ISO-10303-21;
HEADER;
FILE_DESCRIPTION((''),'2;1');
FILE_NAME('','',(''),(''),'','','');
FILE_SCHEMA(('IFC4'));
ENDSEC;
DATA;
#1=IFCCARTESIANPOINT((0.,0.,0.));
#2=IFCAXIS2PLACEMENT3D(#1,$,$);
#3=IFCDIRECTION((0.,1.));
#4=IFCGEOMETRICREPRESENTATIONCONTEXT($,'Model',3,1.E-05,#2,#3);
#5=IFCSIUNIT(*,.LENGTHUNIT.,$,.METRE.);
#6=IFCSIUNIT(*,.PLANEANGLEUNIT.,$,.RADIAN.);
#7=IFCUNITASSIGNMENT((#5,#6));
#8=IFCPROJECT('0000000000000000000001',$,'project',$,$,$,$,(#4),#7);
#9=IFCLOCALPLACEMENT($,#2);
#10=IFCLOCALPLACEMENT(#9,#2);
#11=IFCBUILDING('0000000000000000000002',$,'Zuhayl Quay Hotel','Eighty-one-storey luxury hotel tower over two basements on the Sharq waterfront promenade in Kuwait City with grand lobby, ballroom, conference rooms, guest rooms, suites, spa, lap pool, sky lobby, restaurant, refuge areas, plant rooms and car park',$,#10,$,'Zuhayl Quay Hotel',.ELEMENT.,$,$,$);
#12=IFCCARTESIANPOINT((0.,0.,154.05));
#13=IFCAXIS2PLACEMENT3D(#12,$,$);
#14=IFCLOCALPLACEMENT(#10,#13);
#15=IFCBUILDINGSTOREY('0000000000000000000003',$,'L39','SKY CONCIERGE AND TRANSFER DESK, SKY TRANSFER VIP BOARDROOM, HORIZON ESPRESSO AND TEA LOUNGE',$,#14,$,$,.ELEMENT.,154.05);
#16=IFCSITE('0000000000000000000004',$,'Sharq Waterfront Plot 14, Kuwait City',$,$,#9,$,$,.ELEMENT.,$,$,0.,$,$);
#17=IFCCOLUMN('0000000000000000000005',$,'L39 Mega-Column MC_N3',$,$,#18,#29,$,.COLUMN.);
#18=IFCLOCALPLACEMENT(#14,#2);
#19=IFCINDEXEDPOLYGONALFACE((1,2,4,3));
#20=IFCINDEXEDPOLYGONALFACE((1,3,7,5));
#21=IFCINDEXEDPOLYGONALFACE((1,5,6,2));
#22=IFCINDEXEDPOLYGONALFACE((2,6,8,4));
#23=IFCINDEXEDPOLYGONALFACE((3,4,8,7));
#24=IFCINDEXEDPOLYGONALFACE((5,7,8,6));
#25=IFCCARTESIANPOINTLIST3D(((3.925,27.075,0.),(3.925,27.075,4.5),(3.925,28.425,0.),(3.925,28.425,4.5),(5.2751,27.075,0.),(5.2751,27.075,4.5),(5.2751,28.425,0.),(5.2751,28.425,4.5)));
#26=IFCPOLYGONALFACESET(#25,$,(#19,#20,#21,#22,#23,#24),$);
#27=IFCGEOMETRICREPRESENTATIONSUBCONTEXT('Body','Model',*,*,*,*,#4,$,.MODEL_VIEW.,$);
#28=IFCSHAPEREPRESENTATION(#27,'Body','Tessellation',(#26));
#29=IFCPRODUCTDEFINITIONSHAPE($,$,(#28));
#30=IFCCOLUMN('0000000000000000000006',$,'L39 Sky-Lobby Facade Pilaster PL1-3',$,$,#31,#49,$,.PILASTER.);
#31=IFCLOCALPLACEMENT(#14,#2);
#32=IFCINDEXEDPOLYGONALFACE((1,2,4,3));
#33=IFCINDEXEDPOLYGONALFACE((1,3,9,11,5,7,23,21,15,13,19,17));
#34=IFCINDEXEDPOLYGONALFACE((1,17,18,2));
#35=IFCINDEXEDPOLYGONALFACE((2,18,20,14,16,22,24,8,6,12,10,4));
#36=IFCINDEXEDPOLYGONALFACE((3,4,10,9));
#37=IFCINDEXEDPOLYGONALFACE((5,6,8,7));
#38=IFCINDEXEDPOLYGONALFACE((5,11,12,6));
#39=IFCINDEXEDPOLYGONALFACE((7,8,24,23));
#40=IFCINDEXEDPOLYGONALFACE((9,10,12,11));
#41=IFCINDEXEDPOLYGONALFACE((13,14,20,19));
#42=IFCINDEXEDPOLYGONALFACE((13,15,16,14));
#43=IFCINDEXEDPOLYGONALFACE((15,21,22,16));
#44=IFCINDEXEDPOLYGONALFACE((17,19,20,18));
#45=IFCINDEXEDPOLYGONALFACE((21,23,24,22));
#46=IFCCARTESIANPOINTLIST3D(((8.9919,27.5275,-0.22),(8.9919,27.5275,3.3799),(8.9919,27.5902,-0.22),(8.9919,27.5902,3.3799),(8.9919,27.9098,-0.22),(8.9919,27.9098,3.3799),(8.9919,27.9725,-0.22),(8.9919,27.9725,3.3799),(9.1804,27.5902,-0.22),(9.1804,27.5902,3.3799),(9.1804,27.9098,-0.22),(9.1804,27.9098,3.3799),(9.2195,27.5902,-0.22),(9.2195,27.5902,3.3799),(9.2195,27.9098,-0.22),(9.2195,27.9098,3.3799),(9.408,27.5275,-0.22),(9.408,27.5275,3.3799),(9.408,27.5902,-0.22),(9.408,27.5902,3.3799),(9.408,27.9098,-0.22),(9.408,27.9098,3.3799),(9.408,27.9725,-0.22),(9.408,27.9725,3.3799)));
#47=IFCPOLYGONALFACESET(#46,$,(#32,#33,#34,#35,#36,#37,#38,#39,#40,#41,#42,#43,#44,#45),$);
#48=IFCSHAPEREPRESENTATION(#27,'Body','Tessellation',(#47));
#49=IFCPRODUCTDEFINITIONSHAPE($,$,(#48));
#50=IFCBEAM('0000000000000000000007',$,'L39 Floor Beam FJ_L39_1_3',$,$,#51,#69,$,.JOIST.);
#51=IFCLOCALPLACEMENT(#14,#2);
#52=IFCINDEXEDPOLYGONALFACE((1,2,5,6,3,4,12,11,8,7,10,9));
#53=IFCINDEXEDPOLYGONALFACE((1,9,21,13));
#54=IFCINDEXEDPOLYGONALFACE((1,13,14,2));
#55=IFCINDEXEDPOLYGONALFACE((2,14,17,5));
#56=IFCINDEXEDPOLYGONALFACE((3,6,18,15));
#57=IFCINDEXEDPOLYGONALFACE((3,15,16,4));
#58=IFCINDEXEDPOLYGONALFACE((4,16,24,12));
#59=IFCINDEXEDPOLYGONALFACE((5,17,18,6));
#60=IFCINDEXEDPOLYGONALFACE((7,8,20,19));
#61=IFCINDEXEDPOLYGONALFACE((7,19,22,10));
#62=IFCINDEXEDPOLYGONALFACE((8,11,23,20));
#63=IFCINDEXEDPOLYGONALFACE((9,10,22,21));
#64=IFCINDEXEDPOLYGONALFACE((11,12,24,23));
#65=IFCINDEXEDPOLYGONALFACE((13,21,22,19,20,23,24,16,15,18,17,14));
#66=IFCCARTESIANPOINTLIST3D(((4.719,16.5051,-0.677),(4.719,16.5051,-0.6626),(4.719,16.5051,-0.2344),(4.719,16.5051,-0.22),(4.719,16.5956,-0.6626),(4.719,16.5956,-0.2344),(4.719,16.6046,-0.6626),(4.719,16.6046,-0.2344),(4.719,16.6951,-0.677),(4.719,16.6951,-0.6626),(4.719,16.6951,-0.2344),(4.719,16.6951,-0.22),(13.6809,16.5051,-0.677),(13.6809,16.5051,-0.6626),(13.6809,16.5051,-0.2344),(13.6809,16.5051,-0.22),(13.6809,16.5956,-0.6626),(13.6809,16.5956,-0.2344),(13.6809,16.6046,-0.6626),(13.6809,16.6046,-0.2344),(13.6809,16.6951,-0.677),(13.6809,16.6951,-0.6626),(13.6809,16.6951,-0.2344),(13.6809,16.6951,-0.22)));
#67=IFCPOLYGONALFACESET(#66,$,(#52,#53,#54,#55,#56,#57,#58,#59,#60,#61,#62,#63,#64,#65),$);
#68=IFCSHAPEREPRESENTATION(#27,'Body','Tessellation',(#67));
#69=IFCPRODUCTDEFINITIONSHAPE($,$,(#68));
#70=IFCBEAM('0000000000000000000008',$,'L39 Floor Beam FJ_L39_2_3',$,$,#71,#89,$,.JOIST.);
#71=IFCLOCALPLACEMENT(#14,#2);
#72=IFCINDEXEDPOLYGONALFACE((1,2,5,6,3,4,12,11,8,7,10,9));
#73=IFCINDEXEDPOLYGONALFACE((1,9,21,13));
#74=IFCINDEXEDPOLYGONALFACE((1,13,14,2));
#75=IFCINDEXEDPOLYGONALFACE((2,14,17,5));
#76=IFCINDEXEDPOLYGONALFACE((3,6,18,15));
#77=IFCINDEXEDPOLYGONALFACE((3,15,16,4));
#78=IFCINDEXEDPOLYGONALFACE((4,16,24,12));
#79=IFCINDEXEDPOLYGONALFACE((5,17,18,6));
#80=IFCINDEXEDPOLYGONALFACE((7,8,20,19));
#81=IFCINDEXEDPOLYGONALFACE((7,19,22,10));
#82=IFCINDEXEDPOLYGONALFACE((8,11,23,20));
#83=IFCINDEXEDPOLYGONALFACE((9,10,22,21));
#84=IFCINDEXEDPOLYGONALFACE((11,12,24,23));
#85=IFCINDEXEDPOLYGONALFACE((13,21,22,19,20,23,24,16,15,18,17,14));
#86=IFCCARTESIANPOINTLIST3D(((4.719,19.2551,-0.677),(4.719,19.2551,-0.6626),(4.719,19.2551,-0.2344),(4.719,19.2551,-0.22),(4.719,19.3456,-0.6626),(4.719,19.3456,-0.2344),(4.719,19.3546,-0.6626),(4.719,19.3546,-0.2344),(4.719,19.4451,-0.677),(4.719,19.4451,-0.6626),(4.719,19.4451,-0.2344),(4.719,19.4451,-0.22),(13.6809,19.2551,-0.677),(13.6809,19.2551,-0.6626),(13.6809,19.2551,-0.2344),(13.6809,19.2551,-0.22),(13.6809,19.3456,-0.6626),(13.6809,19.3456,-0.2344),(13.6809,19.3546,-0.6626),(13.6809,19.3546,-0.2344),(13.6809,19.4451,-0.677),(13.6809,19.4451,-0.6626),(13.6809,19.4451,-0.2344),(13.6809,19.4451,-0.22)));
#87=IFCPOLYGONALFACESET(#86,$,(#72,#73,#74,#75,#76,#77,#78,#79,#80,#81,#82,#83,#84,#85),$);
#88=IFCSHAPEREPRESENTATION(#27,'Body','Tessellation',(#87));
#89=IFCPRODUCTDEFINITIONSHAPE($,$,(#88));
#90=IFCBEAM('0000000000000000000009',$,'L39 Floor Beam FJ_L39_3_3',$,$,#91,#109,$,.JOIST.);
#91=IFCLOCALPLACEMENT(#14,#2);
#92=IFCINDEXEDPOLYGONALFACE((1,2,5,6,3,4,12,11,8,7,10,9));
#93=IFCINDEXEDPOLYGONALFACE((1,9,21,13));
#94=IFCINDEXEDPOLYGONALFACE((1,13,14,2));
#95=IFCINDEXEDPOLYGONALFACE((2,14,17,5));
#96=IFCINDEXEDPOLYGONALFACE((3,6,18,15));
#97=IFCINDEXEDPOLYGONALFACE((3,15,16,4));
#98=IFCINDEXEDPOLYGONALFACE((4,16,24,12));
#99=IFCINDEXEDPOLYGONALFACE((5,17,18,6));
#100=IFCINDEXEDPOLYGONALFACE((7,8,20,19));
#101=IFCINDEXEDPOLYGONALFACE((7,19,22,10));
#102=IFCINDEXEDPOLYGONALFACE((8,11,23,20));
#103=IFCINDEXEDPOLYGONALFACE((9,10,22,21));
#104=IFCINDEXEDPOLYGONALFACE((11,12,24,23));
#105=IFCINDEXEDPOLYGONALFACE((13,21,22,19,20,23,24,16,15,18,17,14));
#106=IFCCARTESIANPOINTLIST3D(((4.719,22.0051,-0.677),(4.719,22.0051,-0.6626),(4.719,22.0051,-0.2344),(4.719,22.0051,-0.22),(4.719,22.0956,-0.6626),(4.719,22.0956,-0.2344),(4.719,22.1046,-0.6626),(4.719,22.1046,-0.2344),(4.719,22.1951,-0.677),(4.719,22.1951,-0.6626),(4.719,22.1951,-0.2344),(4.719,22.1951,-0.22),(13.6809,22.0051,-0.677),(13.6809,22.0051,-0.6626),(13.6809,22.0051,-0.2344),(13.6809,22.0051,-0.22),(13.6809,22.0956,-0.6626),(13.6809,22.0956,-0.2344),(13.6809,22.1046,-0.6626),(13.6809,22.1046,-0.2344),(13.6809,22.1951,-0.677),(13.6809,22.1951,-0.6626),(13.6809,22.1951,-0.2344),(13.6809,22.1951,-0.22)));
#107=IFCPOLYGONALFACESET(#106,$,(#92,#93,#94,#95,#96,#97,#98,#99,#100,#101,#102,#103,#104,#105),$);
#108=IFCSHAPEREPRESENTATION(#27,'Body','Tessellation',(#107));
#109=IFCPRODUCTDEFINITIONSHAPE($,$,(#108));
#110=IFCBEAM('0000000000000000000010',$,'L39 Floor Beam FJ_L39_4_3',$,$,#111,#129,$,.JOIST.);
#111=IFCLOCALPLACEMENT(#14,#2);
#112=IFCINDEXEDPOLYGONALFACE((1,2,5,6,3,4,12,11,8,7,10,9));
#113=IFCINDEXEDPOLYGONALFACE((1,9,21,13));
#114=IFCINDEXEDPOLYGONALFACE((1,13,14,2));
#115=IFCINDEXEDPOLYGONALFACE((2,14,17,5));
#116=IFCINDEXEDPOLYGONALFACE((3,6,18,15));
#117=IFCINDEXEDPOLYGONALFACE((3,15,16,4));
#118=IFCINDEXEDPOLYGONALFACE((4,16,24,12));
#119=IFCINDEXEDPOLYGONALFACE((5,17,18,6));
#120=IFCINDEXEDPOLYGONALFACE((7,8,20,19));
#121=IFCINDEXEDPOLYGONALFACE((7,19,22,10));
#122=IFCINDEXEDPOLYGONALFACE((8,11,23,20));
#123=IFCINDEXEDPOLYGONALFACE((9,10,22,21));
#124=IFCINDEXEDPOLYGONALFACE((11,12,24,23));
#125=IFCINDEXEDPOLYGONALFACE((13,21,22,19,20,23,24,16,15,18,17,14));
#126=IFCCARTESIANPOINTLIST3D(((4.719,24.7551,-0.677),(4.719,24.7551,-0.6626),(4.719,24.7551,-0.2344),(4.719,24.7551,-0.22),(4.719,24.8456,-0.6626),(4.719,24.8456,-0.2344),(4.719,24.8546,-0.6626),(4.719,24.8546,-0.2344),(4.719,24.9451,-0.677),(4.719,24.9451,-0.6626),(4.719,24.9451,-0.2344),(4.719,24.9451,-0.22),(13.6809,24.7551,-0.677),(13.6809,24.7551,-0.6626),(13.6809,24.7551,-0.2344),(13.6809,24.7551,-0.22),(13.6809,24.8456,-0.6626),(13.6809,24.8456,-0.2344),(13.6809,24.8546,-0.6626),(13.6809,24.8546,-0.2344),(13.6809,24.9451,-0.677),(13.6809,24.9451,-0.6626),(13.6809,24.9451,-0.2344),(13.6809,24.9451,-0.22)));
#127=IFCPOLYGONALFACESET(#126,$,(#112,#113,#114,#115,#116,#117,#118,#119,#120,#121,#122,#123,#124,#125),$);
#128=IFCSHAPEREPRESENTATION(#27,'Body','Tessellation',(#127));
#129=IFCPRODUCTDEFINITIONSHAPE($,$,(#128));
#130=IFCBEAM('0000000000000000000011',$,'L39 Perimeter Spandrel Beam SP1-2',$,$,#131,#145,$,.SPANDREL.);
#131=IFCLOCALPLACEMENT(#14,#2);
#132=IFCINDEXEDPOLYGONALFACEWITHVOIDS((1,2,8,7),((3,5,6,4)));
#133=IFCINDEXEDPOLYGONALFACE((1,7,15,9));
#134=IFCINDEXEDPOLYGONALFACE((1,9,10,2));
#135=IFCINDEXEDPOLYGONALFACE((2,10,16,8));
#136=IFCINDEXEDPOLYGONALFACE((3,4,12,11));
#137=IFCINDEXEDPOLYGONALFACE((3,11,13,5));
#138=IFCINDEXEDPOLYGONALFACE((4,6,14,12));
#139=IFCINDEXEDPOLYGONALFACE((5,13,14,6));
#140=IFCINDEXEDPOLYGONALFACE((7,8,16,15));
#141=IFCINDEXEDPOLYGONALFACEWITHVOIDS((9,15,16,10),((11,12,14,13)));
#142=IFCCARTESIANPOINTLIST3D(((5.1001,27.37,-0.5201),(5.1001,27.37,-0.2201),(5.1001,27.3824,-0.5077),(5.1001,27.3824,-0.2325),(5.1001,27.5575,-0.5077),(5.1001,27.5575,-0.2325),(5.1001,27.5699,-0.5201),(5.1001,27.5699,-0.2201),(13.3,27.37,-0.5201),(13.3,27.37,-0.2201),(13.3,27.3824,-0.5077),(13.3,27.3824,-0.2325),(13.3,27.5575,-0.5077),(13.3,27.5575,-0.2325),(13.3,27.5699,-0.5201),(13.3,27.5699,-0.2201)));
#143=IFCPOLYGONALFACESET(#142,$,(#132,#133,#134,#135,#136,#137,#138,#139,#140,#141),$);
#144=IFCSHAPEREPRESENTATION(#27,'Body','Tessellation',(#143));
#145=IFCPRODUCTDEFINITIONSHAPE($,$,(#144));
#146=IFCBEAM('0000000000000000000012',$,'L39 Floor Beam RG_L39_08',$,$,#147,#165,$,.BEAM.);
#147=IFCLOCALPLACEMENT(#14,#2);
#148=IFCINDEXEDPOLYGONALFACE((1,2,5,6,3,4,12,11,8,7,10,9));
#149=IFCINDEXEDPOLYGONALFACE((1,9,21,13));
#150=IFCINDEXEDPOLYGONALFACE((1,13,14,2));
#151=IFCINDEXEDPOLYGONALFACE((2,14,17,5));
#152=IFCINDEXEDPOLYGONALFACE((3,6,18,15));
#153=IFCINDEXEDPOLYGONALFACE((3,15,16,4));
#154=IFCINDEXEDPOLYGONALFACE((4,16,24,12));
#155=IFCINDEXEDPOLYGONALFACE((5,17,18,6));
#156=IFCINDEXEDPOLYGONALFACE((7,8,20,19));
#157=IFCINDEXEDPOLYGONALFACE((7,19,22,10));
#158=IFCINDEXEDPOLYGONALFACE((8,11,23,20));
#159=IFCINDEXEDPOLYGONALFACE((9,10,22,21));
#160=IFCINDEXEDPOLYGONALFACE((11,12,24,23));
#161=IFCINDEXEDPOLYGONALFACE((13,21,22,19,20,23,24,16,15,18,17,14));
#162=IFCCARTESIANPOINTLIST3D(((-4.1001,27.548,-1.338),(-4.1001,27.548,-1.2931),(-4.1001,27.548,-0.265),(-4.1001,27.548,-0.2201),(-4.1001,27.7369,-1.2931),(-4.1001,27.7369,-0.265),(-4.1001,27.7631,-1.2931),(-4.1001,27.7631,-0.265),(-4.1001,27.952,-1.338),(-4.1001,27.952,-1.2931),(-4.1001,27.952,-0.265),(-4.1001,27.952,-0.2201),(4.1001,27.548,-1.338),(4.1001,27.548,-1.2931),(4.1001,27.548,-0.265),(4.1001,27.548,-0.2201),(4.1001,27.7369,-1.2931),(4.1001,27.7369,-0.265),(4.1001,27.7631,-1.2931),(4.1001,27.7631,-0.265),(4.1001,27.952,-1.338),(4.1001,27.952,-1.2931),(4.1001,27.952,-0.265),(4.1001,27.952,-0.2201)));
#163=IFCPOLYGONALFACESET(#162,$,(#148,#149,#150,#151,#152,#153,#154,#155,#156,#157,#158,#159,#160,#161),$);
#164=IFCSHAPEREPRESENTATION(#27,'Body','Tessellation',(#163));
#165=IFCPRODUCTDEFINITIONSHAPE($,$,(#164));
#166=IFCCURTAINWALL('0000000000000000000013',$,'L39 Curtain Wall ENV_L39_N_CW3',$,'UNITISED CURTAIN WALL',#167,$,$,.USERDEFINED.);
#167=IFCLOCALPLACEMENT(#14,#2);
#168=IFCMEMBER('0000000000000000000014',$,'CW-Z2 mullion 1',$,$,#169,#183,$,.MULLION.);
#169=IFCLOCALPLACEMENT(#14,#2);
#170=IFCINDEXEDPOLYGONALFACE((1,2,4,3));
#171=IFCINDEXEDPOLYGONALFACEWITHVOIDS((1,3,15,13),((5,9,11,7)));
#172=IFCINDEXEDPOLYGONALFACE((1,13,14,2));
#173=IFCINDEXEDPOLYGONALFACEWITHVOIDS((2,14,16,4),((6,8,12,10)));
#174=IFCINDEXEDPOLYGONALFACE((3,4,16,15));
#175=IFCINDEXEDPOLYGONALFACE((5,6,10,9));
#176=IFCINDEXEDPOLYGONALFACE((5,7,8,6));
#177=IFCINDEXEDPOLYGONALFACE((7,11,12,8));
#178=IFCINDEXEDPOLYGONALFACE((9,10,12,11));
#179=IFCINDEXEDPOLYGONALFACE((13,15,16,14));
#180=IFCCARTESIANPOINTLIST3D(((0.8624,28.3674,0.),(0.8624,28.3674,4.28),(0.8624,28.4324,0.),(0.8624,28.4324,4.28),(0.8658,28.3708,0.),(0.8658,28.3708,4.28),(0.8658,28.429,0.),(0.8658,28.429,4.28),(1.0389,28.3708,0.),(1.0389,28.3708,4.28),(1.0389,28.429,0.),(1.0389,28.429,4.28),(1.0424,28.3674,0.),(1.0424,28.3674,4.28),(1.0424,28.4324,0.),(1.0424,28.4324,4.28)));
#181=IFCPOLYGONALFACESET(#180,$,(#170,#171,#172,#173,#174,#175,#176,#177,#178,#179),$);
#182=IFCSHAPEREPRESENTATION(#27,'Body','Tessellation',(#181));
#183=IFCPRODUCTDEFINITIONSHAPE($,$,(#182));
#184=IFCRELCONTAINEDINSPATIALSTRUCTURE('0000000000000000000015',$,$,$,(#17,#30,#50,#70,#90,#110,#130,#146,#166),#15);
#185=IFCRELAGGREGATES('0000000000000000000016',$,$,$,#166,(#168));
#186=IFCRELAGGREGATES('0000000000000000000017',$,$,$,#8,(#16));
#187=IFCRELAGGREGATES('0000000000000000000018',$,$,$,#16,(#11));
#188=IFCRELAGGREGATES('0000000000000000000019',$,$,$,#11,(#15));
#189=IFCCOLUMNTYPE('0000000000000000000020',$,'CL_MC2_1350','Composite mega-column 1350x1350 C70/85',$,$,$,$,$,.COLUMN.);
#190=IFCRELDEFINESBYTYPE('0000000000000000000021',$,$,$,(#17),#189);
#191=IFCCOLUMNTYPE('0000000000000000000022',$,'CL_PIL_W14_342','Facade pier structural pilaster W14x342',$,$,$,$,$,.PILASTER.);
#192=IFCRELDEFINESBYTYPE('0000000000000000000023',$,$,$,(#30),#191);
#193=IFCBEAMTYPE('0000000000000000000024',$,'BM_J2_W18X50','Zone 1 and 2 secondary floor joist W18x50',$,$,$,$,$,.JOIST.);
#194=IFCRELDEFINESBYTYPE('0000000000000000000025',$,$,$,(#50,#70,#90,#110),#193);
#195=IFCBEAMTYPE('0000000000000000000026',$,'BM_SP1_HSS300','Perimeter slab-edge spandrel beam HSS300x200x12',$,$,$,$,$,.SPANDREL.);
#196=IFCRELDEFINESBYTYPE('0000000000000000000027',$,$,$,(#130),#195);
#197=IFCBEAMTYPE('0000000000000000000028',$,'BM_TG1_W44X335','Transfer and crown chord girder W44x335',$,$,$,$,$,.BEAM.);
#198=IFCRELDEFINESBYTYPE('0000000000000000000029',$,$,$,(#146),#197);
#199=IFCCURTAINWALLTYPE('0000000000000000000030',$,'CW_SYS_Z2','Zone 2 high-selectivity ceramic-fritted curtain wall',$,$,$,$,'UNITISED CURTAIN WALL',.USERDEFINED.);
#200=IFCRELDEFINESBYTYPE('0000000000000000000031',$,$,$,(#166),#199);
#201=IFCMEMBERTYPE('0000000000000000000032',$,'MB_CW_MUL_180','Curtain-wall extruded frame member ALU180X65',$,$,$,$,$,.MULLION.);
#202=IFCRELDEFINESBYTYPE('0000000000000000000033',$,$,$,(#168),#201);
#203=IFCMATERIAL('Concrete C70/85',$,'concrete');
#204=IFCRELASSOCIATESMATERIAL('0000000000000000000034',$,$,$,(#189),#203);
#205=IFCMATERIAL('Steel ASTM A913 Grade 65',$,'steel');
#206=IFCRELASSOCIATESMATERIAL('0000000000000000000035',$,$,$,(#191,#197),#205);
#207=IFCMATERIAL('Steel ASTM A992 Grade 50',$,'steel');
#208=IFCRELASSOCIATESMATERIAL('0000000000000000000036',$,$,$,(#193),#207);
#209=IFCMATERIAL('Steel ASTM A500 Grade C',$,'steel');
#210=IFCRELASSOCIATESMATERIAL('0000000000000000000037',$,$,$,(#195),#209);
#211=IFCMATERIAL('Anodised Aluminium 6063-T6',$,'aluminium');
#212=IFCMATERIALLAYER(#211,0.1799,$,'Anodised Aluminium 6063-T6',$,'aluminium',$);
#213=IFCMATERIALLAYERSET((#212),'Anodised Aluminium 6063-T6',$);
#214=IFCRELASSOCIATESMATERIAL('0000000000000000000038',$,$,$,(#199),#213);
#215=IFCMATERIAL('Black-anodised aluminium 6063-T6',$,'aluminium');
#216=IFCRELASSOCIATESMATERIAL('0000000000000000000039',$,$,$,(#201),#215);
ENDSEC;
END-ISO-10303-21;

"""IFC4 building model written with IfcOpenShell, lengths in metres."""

from ifc_helpers import new_model, si_unit, direction, frame, origin, origin_2d, place, context, subcontext, project, spatial, rectangle, hollow_rectangle, i_section, extrude, material, layer, layer_set, material_profile, profile_set, type_object, element, aggregate, save


model = new_model("IFC4")

# Units and contexts
model_context = context("Model", 3, precision=1e-05, world=origin(), true_north=direction((0.0, 1.0)))
body_context = subcontext(model_context, "Body", "Model", "MODEL_VIEW")
ifc_project = project(units=[si_unit("LENGTHUNIT", "METRE"), si_unit("PLANEANGLEUNIT", "RADIAN")], contexts=[model_context])

# Site, building, storey
site_placement = place(None, origin())
site = spatial("IfcSite", under=ifc_project, at=site_placement, Name="Sharq Waterfront Plot 14, Kuwait City", CompositionType="ELEMENT", RefElevation=0.0)
building_placement = place(site_placement, origin())
building = spatial("IfcBuilding", under=site, at=building_placement, Name="Zuhayl Quay Hotel", Description="Eighty-one-storey luxury hotel tower over two basements on the Sharq waterfront promenade in Kuwait City with grand lobby, ballroom, conference rooms, guest rooms, suites, spa, lap pool, sky lobby, restaurant, refuge areas, plant rooms and car park", LongName="Zuhayl Quay Hotel", CompositionType="ELEMENT")
storey_placement = place(building_placement, frame((0.0, 0.0, 154.05)))
storey = spatial("IfcBuildingStorey", under=building, at=storey_placement, Name="L39", Description="SKY CONCIERGE AND TRANSFER DESK, SKY TRANSFER VIP BOARDROOM, HORIZON ESPRESSO AND TEA LOUNGE", CompositionType="ELEMENT", Elevation=154.05)

# Columns
ifc_material_1 = material(Name="Concrete C70/85", Category="concrete")
ifc_material_profile_1 = material_profile(ifc_material_1, rectangle(XDim=1.3501, YDim=1.3501, at=origin_2d()), Name="RC1350X1350")
ifc_profile_set_1 = profile_set([ifc_material_profile_1], Name="Concrete C70/85")
column_type_1 = type_object("IfcColumnType", Name="CL_MC2_1350", Description="Composite mega-column 1350x1350 C70/85", PredefinedType="COLUMN", material=ifc_profile_set_1)
column_1_placement = place(storey_placement, frame((4.6001, 27.75, 0.0), z_axis=(0.0, 0.0, 1.0), x_axis=(1.0, 0.0, 0.0)))
element("IfcColumn", 1, at=column_1_placement, inside=storey, type_object=column_type_1, Name="L39 Mega-Column MC_N3", PredefinedType="COLUMN", context=body_context, shape_type="SweptSolid", body=[
    extrude(rectangle(XDim=1.3501, YDim=1.3501, at=origin_2d()), origin(), (0.0, 0.0, 1.0), 4.5),
])
ifc_material_2 = material(Name="Steel ASTM A913 Grade 65", Category="steel")
ifc_material_profile_2 = material_profile(ifc_material_2, i_section(OverallWidth=0.416, OverallDepth=0.4451, WebThickness=0.0391, FlangeThickness=0.0627, at=origin_2d()), Name="W14X342")
ifc_profile_set_2 = profile_set([ifc_material_profile_2], Name="Steel ASTM A913 Grade 65")
column_type_2 = type_object("IfcColumnType", Name="CL_PIL_W14_342", Description="Facade pier structural pilaster W14x342", PredefinedType="PILASTER", material=ifc_profile_set_2)
column_2_placement = place(storey_placement, frame((9.2, 27.75, -0.22), z_axis=(0.0, 0.0, 1.0), x_axis=(1.0, 0.0, 0.0)))
element("IfcColumn", 2, at=column_2_placement, inside=storey, type_object=column_type_2, Name="L39 Sky-Lobby Facade Pilaster PL1-3", PredefinedType="PILASTER", context=body_context, shape_type="SweptSolid", body=[
    extrude(i_section(OverallWidth=0.416, OverallDepth=0.4451, WebThickness=0.0391, FlangeThickness=0.0627, at=origin_2d()), origin(), (0.0, 0.0, 1.0), 3.5999),
])

# Beams
ifc_material_3 = material(Name="Steel ASTM A992 Grade 50", Category="steel")
ifc_material_profile_3 = material_profile(ifc_material_3, i_section(OverallWidth=0.1899, OverallDepth=0.457, WebThickness=0.009, FlangeThickness=0.0144, at=origin_2d()), Name="W18X50")
ifc_profile_set_3 = profile_set([ifc_material_profile_3], Name="Steel ASTM A992 Grade 50")
beam_type_1 = type_object("IfcBeamType", Name="BM_J2_W18X50", Description="Zone 1 and 2 secondary floor joist W18x50", PredefinedType="JOIST", material=ifc_profile_set_3)
for number, where, z_axis, x_axis, name in (
    (3, (4.719, 16.6001, -0.4485), (1.0, 0.0, 0.0), (0.0, 1.0, 0.0), "L39 Floor Beam FJ_L39_1_3"),
    (4, (4.719, 19.3501, -0.4485), (1.0, 0.0, 0.0), (0.0, 1.0, 0.0), "L39 Floor Beam FJ_L39_2_3"),
    (5, (4.719, 22.1001, -0.4485), (1.0, 0.0, 0.0), (0.0, 1.0, 0.0), "L39 Floor Beam FJ_L39_3_3"),
    (6, (4.719, 24.8501, -0.4485), (1.0, 0.0, 0.0), (0.0, 1.0, 0.0), "L39 Floor Beam FJ_L39_4_3"),
):
    element("IfcBeam", number, at=place(storey_placement, frame(where, z_axis=z_axis, x_axis=x_axis)), inside=storey, type_object=beam_type_1, Name=name, PredefinedType="JOIST", context=body_context, shape_type="SweptSolid", body=[
        extrude(i_section(OverallWidth=0.1899, OverallDepth=0.457, WebThickness=0.009, FlangeThickness=0.0144, at=origin_2d()), origin(), (0.0, 0.0, 1.0), 8.9619),
    ])
ifc_material_4 = material(Name="Steel ASTM A500 Grade C", Category="steel")
ifc_material_profile_4 = material_profile(ifc_material_4, hollow_rectangle(XDim=0.2, YDim=0.3, WallThickness=0.0125, at=origin_2d()), Name="HSS300X200X12")
ifc_profile_set_4 = profile_set([ifc_material_profile_4], Name="Steel ASTM A500 Grade C")
beam_type_2 = type_object("IfcBeamType", Name="BM_SP1_HSS300", Description="Perimeter slab-edge spandrel beam HSS300x200x12", PredefinedType="SPANDREL", material=ifc_profile_set_4)
beam_1_placement = place(storey_placement, frame((5.1001, 27.47, -0.3701), z_axis=(1.0, 0.0, 0.0), x_axis=(0.0, 1.0, 0.0)))
element("IfcBeam", 7, at=beam_1_placement, inside=storey, type_object=beam_type_2, Name="L39 Perimeter Spandrel Beam SP1-2", PredefinedType="SPANDREL", context=body_context, shape_type="SweptSolid", body=[
    extrude(hollow_rectangle(XDim=0.2, YDim=0.3, WallThickness=0.0125, at=origin_2d()), origin(), (0.0, 0.0, 1.0), 8.2),
])
ifc_material_profile_5 = material_profile(ifc_material_2, i_section(OverallWidth=0.4041, OverallDepth=1.1179, WebThickness=0.0261, FlangeThickness=0.0449, at=origin_2d()), Name="W44X335")
ifc_profile_set_5 = profile_set([ifc_material_profile_5], Name="Steel ASTM A913 Grade 65")
beam_type_3 = type_object("IfcBeamType", Name="BM_TG1_W44X335", Description="Transfer and crown chord girder W44x335", PredefinedType="BEAM", material=ifc_profile_set_5)
beam_2_placement = place(storey_placement, frame((4.1001, 27.75, -0.7791), z_axis=(-1.0, 0.0, 0.0), x_axis=(0.0, -1.0, 0.0)))
element("IfcBeam", 8, at=beam_2_placement, inside=storey, type_object=beam_type_3, Name="L39 Floor Beam RG_L39_08", PredefinedType="BEAM", context=body_context, shape_type="SweptSolid", body=[
    extrude(i_section(OverallWidth=0.4041, OverallDepth=1.1179, WebThickness=0.0261, FlangeThickness=0.0449, at=origin_2d()), origin(), (0.0, 0.0, 1.0), 8.2002),
])

# Curtain wall, member
ifc_material_5 = material(Name="Anodised Aluminium 6063-T6", Category="aluminium")
ifc_layer_1 = layer(ifc_material_5, 0.1799, Name="Anodised Aluminium 6063-T6", Category="aluminium")
ifc_layer_set_1 = layer_set([ifc_layer_1], Name="Anodised Aluminium 6063-T6")
curtain_wall_type = type_object("IfcCurtainWallType", Name="CW_SYS_Z2", Description="Zone 2 high-selectivity ceramic-fritted curtain wall", ElementType="UNITISED CURTAIN WALL", PredefinedType="USERDEFINED", material=ifc_layer_set_1)
curtain_wall_placement = place(storey_placement, origin())
curtain_wall = element("IfcCurtainWall", 9, at=curtain_wall_placement, inside=storey, type_object=curtain_wall_type, Name="L39 Curtain Wall ENV_L39_N_CW3", ObjectType="UNITISED CURTAIN WALL", PredefinedType="USERDEFINED")
ifc_material_6 = material(Name="Black-anodised aluminium 6063-T6", Category="aluminium")
ifc_material_profile_6 = material_profile(ifc_material_6, hollow_rectangle(XDim=0.0649, YDim=0.1799, WallThickness=0.0034, at=origin_2d()), Name="ALU180X65")
ifc_profile_set_6 = profile_set([ifc_material_profile_6], Name="Black-anodised aluminium 6063-T6")
member_type_1 = type_object("IfcMemberType", Name="MB_CW_MUL_180", Description="Curtain-wall extruded frame member ALU180X65", PredefinedType="MULLION", material=ifc_profile_set_6)
member_1_placement = place(storey_placement, frame((0.9524, 28.3999, 0.0), z_axis=(0.0, 0.0, 1.0), x_axis=(0.0, 1.0, 0.0)))
member_1 = element("IfcMember", 10, at=member_1_placement, type_object=member_type_1, Name="CW-Z2 mullion 1", PredefinedType="MULLION", context=body_context, shape_type="SweptSolid", body=[
    extrude(hollow_rectangle(XDim=0.0649, YDim=0.1799, WallThickness=0.0034, at=origin_2d()), origin(), (0.0, 0.0, 1.0), 4.28),
])
aggregate(curtain_wall, [member_1])

save(model, "model.ifc")
